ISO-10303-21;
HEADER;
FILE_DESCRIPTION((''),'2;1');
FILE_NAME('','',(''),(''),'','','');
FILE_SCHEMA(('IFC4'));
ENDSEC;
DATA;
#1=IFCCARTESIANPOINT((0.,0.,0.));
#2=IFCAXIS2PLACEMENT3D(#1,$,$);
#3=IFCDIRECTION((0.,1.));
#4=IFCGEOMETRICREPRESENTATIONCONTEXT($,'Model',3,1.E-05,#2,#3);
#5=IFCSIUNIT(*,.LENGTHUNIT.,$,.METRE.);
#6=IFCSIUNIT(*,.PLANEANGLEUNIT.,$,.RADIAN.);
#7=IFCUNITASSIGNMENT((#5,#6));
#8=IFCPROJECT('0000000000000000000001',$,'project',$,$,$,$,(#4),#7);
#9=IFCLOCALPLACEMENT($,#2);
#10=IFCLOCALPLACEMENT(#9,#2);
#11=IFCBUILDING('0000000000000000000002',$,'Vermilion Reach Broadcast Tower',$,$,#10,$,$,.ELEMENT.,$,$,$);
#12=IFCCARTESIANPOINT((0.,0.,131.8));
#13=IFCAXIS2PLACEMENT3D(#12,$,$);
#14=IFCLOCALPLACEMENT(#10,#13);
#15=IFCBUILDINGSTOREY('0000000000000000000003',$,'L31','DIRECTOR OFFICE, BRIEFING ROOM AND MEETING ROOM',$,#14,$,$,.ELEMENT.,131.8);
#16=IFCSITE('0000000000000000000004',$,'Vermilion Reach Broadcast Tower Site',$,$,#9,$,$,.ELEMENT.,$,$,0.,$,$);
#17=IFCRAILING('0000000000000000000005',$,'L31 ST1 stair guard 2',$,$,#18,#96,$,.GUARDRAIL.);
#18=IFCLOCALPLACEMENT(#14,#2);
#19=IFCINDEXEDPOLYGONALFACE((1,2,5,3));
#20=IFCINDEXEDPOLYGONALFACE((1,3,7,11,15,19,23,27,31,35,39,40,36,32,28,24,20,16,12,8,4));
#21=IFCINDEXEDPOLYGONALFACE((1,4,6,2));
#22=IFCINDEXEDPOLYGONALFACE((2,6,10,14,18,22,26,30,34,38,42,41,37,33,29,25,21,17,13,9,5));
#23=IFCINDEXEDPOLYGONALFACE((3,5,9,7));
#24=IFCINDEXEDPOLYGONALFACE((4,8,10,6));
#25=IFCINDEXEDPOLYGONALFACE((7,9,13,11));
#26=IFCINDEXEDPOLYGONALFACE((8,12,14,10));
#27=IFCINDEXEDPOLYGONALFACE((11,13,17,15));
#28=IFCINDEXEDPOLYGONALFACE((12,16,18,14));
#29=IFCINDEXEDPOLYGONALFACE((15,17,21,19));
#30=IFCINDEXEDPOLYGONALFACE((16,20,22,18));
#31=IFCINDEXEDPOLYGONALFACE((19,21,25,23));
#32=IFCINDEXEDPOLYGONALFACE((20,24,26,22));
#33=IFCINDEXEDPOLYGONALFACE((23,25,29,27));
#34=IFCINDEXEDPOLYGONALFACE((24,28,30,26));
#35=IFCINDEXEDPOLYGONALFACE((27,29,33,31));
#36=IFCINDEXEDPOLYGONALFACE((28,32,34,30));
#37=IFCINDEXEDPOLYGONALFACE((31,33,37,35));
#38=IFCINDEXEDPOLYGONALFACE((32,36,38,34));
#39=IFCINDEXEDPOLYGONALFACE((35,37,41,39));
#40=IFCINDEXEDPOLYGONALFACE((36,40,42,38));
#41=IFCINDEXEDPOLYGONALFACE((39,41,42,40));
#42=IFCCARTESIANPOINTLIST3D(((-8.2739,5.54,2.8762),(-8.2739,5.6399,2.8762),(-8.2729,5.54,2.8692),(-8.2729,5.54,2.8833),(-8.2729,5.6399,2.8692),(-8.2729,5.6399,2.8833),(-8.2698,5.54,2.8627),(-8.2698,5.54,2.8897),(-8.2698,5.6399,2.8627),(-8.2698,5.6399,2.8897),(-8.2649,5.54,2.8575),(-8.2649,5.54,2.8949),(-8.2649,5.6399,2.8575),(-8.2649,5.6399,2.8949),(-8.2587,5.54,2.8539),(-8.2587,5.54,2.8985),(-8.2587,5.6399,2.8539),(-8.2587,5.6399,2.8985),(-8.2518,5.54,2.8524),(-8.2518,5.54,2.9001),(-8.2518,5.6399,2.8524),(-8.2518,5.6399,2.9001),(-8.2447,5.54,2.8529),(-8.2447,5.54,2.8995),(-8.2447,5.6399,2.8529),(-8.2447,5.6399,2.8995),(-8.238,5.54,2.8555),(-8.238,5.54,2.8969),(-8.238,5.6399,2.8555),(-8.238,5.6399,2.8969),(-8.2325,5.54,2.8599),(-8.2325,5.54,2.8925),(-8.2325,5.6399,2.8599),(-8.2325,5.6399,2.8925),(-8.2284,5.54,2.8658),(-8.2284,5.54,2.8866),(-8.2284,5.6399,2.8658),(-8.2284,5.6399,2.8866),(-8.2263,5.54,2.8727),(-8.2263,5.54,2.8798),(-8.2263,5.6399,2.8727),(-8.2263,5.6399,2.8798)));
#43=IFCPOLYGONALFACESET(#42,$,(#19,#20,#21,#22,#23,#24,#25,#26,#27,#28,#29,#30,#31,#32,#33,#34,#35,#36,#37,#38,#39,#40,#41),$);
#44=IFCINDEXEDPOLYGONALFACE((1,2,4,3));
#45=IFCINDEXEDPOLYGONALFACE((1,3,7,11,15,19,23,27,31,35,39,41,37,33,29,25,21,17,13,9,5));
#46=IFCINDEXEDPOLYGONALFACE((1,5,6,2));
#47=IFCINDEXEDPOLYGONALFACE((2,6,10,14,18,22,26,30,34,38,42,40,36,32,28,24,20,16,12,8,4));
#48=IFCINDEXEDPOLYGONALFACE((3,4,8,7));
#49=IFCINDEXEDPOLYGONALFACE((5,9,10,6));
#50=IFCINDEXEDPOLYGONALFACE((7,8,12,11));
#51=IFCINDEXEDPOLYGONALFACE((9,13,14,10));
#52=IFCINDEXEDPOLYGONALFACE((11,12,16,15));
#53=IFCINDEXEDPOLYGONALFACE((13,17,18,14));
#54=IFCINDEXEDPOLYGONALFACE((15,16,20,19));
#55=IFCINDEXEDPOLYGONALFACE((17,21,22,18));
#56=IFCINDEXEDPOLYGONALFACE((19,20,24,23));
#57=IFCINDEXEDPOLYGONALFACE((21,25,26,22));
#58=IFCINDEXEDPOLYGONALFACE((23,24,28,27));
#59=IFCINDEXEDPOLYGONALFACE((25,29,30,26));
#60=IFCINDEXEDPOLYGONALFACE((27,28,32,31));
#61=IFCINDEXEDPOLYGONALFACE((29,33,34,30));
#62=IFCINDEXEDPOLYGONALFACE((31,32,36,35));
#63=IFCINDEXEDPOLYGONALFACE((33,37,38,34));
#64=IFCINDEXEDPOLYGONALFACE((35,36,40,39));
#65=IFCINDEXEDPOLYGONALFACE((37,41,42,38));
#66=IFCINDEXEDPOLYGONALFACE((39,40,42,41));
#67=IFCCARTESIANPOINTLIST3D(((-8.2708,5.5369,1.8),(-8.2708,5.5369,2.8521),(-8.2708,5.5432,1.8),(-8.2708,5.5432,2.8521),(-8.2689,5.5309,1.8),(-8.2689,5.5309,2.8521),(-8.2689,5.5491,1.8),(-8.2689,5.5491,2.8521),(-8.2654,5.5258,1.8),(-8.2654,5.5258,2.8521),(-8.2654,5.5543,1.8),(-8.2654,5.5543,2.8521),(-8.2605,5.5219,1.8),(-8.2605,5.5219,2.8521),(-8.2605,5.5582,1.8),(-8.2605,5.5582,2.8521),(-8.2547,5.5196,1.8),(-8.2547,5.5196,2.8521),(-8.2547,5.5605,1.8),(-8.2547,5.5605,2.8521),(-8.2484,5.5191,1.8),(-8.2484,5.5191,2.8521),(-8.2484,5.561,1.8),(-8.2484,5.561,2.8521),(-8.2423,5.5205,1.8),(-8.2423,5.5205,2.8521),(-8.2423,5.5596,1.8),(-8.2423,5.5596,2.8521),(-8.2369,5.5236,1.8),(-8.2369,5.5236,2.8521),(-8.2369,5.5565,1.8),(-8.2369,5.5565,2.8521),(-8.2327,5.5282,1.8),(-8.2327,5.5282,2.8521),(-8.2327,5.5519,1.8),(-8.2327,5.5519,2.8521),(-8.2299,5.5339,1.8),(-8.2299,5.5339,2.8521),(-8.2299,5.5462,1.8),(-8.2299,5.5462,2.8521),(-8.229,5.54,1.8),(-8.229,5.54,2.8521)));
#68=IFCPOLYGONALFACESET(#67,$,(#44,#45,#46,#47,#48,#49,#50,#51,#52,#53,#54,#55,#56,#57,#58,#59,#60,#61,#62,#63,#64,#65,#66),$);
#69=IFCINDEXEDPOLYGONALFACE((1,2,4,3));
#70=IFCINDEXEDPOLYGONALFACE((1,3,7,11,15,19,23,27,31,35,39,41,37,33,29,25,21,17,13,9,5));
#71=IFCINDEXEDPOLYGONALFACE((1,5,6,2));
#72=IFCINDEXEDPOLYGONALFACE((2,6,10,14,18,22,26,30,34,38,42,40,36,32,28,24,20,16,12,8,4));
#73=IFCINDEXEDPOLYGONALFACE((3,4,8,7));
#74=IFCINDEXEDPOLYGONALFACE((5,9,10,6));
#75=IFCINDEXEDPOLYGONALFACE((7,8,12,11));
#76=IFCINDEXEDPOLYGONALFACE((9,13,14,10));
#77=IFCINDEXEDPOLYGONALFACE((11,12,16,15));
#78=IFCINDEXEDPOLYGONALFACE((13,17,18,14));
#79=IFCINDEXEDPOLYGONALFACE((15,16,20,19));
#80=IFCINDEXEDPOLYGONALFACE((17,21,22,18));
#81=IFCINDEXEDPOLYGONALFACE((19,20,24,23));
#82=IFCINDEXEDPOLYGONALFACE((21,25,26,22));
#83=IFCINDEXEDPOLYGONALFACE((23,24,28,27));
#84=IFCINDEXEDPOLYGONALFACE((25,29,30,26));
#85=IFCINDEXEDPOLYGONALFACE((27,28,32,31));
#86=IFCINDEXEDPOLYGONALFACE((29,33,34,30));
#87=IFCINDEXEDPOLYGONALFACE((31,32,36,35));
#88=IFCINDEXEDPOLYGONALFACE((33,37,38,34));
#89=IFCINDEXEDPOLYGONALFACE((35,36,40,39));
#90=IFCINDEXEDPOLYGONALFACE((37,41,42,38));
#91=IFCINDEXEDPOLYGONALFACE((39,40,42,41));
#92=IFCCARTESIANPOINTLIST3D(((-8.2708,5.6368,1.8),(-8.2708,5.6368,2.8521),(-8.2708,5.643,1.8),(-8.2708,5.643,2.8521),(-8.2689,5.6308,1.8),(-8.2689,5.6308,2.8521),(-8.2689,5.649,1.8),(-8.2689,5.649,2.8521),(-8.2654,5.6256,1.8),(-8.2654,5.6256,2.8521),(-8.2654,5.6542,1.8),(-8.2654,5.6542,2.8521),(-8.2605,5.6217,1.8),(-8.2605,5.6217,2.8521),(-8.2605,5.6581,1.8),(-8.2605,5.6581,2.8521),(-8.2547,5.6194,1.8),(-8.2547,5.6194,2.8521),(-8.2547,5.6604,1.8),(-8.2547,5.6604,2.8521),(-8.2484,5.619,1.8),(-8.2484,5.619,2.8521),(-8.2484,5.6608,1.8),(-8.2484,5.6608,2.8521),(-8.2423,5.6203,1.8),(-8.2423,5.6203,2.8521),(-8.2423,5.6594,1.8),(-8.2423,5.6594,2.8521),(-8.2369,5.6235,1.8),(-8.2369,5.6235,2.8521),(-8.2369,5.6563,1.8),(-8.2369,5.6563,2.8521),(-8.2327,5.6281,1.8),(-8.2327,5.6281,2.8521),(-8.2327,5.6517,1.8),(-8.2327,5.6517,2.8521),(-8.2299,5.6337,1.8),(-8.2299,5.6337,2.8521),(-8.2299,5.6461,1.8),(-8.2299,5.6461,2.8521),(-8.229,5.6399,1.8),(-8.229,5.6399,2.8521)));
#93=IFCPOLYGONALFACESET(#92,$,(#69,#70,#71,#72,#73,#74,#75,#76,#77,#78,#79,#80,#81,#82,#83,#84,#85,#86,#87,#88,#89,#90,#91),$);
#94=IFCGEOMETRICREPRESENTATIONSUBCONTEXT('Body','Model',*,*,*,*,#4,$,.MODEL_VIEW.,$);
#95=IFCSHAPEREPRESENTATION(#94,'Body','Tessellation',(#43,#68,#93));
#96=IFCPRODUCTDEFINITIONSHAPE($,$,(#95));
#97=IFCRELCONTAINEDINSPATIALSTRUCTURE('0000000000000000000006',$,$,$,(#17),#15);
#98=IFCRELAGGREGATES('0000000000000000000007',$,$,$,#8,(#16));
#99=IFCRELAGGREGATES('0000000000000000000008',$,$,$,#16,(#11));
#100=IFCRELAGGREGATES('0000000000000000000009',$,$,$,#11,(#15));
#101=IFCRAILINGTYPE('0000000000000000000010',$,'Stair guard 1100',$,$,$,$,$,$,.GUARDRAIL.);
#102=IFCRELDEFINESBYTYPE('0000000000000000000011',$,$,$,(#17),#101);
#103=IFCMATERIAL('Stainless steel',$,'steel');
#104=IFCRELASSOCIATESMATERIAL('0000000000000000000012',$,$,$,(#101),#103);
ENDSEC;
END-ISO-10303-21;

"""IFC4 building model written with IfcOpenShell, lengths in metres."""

from ifc_helpers import new_model, si_unit, direction, frame, origin, origin_2d, place, context, subcontext, project, spatial, circle, extrude, material, type_object, element, save


model = new_model("IFC4")

# Units and contexts
model_context = context("Model", 3, precision=1e-05, world=origin(), true_north=direction((0.0, 1.0)))
body_context = subcontext(model_context, "Body", "Model", "MODEL_VIEW")
ifc_project = project(units=[si_unit("LENGTHUNIT", "METRE"), si_unit("PLANEANGLEUNIT", "RADIAN")], contexts=[model_context])

# Site, building, storey
site_placement = place(None, origin())
site = spatial("IfcSite", under=ifc_project, at=site_placement, Name="Vermilion Reach Broadcast Tower Site", CompositionType="ELEMENT", RefElevation=0.0)
building_placement = place(site_placement, origin())
building = spatial("IfcBuilding", under=site, at=building_placement, Name="Vermilion Reach Broadcast Tower", CompositionType="ELEMENT")
storey_placement = place(building_placement, frame((0.0, 0.0, 131.8)))
storey = spatial("IfcBuildingStorey", under=building, at=storey_placement, Name="L31", Description="DIRECTOR OFFICE, BRIEFING ROOM AND MEETING ROOM", CompositionType="ELEMENT", Elevation=131.8)

# Railing
ifc_material_1 = material(Name="Stainless steel", Category="steel")
railing_type_1 = type_object("IfcRailingType", Name="Stair guard 1100", PredefinedType="GUARDRAIL", material=ifc_material_1)
railing_1_placement = place(storey_placement, frame((-8.25, 5.54, 1.8)))
element("IfcRailing", 1, at=railing_1_placement, inside=storey, type_object=railing_type_1, Name="L31 ST1 stair guard 2", PredefinedType="GUARDRAIL", context=body_context, shape_type="SweptSolid", body=[
    extrude(circle(Radius=0.0239, at=origin_2d()), frame((0.0, 0.0, 1.0762), z_axis=(0.0, 1.0, 0.0), x_axis=(-1.0, 0.0, 0.0)), (0.0, 0.0, 1.0), 0.0999),
    extrude(circle(Radius=0.021, at=origin_2d()), origin(), (0.0, 0.0, 1.0), 1.052),
    extrude(circle(Radius=0.021, at=origin_2d()), frame((0.0, 0.0999, 0.0)), (0.0, 0.0, 1.0), 1.052),
])

save(model, "model.ifc")
